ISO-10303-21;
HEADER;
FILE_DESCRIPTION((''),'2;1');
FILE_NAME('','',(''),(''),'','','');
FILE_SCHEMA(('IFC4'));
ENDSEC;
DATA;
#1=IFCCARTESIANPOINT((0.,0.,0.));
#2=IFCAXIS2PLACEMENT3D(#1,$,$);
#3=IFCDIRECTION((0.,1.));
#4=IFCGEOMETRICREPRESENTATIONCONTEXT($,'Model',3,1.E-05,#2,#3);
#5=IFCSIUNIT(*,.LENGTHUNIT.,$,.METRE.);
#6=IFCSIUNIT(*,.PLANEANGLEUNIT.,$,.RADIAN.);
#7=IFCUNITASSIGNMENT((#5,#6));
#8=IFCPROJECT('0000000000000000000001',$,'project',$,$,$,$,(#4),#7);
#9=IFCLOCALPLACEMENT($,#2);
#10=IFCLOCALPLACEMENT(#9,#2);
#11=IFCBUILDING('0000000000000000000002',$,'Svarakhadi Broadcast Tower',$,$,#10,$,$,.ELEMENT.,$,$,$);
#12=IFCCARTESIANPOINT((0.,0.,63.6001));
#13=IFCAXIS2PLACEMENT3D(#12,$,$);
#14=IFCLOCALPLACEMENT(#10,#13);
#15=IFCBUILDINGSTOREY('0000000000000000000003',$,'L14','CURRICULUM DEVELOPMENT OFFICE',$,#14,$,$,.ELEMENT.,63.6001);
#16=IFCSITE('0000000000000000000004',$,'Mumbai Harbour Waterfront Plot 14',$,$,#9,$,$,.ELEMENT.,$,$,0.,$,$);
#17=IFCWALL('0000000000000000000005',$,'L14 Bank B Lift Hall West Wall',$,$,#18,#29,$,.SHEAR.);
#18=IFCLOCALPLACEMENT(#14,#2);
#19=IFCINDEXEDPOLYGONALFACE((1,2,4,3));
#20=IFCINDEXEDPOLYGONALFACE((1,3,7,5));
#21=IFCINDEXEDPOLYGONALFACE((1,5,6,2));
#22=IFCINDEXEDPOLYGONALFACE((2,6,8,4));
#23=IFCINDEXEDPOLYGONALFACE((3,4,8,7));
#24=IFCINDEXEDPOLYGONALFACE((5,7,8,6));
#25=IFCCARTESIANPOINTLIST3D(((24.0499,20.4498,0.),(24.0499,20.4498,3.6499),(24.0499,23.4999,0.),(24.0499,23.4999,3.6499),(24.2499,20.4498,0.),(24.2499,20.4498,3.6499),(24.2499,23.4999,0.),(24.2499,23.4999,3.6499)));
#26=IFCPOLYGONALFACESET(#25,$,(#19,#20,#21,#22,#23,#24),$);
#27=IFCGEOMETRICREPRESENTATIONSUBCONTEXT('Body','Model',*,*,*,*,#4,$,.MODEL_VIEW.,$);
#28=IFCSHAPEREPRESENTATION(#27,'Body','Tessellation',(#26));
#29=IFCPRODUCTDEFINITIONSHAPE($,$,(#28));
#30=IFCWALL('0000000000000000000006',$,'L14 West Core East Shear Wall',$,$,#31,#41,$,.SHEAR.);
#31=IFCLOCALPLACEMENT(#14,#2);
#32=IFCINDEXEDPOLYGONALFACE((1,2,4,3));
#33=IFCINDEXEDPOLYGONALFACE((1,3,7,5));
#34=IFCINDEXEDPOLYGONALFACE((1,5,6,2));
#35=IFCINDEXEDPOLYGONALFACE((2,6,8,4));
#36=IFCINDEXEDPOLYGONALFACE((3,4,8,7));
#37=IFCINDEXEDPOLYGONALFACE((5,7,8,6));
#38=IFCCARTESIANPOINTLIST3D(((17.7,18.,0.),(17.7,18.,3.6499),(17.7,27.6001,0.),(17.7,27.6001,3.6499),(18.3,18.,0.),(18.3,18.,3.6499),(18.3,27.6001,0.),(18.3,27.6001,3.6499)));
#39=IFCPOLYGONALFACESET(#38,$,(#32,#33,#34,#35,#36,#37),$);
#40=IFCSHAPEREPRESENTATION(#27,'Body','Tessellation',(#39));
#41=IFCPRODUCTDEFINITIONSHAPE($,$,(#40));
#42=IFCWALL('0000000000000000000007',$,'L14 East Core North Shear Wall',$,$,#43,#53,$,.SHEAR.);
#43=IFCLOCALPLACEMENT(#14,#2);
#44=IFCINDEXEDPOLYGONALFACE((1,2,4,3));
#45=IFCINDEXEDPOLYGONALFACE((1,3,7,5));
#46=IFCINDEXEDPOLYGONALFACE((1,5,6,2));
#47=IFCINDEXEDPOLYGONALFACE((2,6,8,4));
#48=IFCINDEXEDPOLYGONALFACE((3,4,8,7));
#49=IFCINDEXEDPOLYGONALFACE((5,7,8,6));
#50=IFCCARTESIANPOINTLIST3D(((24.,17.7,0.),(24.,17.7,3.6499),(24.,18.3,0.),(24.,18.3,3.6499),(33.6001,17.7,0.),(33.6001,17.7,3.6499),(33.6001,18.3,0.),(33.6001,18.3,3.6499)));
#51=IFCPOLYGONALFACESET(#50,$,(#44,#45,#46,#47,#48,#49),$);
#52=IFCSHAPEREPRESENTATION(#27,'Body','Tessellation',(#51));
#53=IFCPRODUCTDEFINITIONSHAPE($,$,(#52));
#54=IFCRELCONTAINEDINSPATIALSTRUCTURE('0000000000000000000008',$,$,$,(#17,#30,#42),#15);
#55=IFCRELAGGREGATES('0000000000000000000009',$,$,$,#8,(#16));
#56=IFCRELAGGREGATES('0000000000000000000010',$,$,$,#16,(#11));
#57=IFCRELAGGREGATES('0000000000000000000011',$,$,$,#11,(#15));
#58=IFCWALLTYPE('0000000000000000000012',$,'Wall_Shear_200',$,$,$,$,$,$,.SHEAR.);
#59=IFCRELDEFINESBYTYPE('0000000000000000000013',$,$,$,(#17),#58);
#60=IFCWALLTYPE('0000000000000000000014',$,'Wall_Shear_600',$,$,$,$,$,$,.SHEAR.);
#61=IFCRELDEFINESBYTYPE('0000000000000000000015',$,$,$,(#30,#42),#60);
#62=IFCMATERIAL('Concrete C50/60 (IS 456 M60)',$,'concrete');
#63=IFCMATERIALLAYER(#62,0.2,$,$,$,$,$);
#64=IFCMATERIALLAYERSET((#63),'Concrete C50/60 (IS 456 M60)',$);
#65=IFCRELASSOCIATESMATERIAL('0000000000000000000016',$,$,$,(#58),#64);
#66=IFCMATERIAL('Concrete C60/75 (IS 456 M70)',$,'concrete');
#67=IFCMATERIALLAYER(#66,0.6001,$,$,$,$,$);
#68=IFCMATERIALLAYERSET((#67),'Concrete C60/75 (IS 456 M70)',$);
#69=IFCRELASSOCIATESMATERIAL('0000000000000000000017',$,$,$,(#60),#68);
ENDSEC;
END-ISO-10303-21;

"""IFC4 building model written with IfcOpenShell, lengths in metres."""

from ifc_helpers import new_model, si_unit, direction, frame, frame_2d, origin, place, context, subcontext, project, spatial, rectangle, extrude, material, layer, layer_set, type_object, element, save


model = new_model("IFC4")

# Units and contexts
model_context = context("Model", 3, precision=1e-05, world=origin(), true_north=direction((0.0, 1.0)))
body_context = subcontext(model_context, "Body", "Model", "MODEL_VIEW")
ifc_project = project(units=[si_unit("LENGTHUNIT", "METRE"), si_unit("PLANEANGLEUNIT", "RADIAN")], contexts=[model_context])

# Site, building, storey
site_placement = place(None, origin())
site = spatial("IfcSite", under=ifc_project, at=site_placement, Name="Mumbai Harbour Waterfront Plot 14", CompositionType="ELEMENT", RefElevation=0.0)
building_placement = place(site_placement, origin())
building = spatial("IfcBuilding", under=site, at=building_placement, Name="Svarakhadi Broadcast Tower", CompositionType="ELEMENT")
storey_placement = place(building_placement, frame((0.0, 0.0, 63.6001)))
storey = spatial("IfcBuildingStorey", under=building, at=storey_placement, Name="L14", Description="CURRICULUM DEVELOPMENT OFFICE", CompositionType="ELEMENT", Elevation=63.6001)

# Shared definitions
ifc_material_1 = material(Name="Concrete C60/75 (IS 456 M70)", Category="concrete")

# Shared definitions
ifc_material_2 = material(Name="Concrete C50/60 (IS 456 M60)", Category="concrete")
ifc_layer_1 = layer(ifc_material_2, 0.2)
ifc_layer_set_1 = layer_set([ifc_layer_1], Name="Concrete C50/60 (IS 456 M60)")
wall_type_1 = type_object("IfcWallType", Name="Wall_Shear_200", PredefinedType="SHEAR", material=ifc_layer_set_1)

# Walls
wall_1_placement = place(storey_placement, frame((24.1499, 20.45, 0.0), z_axis=(0.0, 0.0, 1.0), x_axis=(0.0, 1.0, 0.0)))
element("IfcWall", 1, at=wall_1_placement, inside=storey, type_object=wall_type_1, Name="L14 Bank B Lift Hall West Wall", PredefinedType="SHEAR", context=body_context, shape_type="SweptSolid", body=[
    extrude(rectangle(XDim=3.05, YDim=0.2, at=frame_2d((1.5249, 0.0))), origin(), (0.0, 0.0, 1.0), 3.6499),
])
ifc_layer_2 = layer(ifc_material_1, 0.6001)
ifc_layer_set_2 = layer_set([ifc_layer_2], Name="Concrete C60/75 (IS 456 M70)")
wall_type_2 = type_object("IfcWallType", Name="Wall_Shear_600", PredefinedType="SHEAR", material=ifc_layer_set_2)
for number, where, z_axis, x_axis, name in (
    (2, (18.0, 18.0, 0.0), (0.0, 0.0, 1.0), (0.0, 1.0, 0.0), "L14 West Core East Shear Wall"),
    (3, (24.0, 18.0, 0.0), (0.0, 0.0, 1.0), (1.0, 0.0, 0.0), "L14 East Core North Shear Wall"),
):
    element("IfcWall", number, at=place(storey_placement, frame(where, z_axis=z_axis, x_axis=x_axis)), inside=storey, type_object=wall_type_2, Name=name, PredefinedType="SHEAR", context=body_context, shape_type="SweptSolid", body=[
        extrude(rectangle(XDim=9.6001, YDim=0.6001, at=frame_2d((4.8, 0.0))), origin(), (0.0, 0.0, 1.0), 3.6499),
    ])

save(model, "model.ifc")
